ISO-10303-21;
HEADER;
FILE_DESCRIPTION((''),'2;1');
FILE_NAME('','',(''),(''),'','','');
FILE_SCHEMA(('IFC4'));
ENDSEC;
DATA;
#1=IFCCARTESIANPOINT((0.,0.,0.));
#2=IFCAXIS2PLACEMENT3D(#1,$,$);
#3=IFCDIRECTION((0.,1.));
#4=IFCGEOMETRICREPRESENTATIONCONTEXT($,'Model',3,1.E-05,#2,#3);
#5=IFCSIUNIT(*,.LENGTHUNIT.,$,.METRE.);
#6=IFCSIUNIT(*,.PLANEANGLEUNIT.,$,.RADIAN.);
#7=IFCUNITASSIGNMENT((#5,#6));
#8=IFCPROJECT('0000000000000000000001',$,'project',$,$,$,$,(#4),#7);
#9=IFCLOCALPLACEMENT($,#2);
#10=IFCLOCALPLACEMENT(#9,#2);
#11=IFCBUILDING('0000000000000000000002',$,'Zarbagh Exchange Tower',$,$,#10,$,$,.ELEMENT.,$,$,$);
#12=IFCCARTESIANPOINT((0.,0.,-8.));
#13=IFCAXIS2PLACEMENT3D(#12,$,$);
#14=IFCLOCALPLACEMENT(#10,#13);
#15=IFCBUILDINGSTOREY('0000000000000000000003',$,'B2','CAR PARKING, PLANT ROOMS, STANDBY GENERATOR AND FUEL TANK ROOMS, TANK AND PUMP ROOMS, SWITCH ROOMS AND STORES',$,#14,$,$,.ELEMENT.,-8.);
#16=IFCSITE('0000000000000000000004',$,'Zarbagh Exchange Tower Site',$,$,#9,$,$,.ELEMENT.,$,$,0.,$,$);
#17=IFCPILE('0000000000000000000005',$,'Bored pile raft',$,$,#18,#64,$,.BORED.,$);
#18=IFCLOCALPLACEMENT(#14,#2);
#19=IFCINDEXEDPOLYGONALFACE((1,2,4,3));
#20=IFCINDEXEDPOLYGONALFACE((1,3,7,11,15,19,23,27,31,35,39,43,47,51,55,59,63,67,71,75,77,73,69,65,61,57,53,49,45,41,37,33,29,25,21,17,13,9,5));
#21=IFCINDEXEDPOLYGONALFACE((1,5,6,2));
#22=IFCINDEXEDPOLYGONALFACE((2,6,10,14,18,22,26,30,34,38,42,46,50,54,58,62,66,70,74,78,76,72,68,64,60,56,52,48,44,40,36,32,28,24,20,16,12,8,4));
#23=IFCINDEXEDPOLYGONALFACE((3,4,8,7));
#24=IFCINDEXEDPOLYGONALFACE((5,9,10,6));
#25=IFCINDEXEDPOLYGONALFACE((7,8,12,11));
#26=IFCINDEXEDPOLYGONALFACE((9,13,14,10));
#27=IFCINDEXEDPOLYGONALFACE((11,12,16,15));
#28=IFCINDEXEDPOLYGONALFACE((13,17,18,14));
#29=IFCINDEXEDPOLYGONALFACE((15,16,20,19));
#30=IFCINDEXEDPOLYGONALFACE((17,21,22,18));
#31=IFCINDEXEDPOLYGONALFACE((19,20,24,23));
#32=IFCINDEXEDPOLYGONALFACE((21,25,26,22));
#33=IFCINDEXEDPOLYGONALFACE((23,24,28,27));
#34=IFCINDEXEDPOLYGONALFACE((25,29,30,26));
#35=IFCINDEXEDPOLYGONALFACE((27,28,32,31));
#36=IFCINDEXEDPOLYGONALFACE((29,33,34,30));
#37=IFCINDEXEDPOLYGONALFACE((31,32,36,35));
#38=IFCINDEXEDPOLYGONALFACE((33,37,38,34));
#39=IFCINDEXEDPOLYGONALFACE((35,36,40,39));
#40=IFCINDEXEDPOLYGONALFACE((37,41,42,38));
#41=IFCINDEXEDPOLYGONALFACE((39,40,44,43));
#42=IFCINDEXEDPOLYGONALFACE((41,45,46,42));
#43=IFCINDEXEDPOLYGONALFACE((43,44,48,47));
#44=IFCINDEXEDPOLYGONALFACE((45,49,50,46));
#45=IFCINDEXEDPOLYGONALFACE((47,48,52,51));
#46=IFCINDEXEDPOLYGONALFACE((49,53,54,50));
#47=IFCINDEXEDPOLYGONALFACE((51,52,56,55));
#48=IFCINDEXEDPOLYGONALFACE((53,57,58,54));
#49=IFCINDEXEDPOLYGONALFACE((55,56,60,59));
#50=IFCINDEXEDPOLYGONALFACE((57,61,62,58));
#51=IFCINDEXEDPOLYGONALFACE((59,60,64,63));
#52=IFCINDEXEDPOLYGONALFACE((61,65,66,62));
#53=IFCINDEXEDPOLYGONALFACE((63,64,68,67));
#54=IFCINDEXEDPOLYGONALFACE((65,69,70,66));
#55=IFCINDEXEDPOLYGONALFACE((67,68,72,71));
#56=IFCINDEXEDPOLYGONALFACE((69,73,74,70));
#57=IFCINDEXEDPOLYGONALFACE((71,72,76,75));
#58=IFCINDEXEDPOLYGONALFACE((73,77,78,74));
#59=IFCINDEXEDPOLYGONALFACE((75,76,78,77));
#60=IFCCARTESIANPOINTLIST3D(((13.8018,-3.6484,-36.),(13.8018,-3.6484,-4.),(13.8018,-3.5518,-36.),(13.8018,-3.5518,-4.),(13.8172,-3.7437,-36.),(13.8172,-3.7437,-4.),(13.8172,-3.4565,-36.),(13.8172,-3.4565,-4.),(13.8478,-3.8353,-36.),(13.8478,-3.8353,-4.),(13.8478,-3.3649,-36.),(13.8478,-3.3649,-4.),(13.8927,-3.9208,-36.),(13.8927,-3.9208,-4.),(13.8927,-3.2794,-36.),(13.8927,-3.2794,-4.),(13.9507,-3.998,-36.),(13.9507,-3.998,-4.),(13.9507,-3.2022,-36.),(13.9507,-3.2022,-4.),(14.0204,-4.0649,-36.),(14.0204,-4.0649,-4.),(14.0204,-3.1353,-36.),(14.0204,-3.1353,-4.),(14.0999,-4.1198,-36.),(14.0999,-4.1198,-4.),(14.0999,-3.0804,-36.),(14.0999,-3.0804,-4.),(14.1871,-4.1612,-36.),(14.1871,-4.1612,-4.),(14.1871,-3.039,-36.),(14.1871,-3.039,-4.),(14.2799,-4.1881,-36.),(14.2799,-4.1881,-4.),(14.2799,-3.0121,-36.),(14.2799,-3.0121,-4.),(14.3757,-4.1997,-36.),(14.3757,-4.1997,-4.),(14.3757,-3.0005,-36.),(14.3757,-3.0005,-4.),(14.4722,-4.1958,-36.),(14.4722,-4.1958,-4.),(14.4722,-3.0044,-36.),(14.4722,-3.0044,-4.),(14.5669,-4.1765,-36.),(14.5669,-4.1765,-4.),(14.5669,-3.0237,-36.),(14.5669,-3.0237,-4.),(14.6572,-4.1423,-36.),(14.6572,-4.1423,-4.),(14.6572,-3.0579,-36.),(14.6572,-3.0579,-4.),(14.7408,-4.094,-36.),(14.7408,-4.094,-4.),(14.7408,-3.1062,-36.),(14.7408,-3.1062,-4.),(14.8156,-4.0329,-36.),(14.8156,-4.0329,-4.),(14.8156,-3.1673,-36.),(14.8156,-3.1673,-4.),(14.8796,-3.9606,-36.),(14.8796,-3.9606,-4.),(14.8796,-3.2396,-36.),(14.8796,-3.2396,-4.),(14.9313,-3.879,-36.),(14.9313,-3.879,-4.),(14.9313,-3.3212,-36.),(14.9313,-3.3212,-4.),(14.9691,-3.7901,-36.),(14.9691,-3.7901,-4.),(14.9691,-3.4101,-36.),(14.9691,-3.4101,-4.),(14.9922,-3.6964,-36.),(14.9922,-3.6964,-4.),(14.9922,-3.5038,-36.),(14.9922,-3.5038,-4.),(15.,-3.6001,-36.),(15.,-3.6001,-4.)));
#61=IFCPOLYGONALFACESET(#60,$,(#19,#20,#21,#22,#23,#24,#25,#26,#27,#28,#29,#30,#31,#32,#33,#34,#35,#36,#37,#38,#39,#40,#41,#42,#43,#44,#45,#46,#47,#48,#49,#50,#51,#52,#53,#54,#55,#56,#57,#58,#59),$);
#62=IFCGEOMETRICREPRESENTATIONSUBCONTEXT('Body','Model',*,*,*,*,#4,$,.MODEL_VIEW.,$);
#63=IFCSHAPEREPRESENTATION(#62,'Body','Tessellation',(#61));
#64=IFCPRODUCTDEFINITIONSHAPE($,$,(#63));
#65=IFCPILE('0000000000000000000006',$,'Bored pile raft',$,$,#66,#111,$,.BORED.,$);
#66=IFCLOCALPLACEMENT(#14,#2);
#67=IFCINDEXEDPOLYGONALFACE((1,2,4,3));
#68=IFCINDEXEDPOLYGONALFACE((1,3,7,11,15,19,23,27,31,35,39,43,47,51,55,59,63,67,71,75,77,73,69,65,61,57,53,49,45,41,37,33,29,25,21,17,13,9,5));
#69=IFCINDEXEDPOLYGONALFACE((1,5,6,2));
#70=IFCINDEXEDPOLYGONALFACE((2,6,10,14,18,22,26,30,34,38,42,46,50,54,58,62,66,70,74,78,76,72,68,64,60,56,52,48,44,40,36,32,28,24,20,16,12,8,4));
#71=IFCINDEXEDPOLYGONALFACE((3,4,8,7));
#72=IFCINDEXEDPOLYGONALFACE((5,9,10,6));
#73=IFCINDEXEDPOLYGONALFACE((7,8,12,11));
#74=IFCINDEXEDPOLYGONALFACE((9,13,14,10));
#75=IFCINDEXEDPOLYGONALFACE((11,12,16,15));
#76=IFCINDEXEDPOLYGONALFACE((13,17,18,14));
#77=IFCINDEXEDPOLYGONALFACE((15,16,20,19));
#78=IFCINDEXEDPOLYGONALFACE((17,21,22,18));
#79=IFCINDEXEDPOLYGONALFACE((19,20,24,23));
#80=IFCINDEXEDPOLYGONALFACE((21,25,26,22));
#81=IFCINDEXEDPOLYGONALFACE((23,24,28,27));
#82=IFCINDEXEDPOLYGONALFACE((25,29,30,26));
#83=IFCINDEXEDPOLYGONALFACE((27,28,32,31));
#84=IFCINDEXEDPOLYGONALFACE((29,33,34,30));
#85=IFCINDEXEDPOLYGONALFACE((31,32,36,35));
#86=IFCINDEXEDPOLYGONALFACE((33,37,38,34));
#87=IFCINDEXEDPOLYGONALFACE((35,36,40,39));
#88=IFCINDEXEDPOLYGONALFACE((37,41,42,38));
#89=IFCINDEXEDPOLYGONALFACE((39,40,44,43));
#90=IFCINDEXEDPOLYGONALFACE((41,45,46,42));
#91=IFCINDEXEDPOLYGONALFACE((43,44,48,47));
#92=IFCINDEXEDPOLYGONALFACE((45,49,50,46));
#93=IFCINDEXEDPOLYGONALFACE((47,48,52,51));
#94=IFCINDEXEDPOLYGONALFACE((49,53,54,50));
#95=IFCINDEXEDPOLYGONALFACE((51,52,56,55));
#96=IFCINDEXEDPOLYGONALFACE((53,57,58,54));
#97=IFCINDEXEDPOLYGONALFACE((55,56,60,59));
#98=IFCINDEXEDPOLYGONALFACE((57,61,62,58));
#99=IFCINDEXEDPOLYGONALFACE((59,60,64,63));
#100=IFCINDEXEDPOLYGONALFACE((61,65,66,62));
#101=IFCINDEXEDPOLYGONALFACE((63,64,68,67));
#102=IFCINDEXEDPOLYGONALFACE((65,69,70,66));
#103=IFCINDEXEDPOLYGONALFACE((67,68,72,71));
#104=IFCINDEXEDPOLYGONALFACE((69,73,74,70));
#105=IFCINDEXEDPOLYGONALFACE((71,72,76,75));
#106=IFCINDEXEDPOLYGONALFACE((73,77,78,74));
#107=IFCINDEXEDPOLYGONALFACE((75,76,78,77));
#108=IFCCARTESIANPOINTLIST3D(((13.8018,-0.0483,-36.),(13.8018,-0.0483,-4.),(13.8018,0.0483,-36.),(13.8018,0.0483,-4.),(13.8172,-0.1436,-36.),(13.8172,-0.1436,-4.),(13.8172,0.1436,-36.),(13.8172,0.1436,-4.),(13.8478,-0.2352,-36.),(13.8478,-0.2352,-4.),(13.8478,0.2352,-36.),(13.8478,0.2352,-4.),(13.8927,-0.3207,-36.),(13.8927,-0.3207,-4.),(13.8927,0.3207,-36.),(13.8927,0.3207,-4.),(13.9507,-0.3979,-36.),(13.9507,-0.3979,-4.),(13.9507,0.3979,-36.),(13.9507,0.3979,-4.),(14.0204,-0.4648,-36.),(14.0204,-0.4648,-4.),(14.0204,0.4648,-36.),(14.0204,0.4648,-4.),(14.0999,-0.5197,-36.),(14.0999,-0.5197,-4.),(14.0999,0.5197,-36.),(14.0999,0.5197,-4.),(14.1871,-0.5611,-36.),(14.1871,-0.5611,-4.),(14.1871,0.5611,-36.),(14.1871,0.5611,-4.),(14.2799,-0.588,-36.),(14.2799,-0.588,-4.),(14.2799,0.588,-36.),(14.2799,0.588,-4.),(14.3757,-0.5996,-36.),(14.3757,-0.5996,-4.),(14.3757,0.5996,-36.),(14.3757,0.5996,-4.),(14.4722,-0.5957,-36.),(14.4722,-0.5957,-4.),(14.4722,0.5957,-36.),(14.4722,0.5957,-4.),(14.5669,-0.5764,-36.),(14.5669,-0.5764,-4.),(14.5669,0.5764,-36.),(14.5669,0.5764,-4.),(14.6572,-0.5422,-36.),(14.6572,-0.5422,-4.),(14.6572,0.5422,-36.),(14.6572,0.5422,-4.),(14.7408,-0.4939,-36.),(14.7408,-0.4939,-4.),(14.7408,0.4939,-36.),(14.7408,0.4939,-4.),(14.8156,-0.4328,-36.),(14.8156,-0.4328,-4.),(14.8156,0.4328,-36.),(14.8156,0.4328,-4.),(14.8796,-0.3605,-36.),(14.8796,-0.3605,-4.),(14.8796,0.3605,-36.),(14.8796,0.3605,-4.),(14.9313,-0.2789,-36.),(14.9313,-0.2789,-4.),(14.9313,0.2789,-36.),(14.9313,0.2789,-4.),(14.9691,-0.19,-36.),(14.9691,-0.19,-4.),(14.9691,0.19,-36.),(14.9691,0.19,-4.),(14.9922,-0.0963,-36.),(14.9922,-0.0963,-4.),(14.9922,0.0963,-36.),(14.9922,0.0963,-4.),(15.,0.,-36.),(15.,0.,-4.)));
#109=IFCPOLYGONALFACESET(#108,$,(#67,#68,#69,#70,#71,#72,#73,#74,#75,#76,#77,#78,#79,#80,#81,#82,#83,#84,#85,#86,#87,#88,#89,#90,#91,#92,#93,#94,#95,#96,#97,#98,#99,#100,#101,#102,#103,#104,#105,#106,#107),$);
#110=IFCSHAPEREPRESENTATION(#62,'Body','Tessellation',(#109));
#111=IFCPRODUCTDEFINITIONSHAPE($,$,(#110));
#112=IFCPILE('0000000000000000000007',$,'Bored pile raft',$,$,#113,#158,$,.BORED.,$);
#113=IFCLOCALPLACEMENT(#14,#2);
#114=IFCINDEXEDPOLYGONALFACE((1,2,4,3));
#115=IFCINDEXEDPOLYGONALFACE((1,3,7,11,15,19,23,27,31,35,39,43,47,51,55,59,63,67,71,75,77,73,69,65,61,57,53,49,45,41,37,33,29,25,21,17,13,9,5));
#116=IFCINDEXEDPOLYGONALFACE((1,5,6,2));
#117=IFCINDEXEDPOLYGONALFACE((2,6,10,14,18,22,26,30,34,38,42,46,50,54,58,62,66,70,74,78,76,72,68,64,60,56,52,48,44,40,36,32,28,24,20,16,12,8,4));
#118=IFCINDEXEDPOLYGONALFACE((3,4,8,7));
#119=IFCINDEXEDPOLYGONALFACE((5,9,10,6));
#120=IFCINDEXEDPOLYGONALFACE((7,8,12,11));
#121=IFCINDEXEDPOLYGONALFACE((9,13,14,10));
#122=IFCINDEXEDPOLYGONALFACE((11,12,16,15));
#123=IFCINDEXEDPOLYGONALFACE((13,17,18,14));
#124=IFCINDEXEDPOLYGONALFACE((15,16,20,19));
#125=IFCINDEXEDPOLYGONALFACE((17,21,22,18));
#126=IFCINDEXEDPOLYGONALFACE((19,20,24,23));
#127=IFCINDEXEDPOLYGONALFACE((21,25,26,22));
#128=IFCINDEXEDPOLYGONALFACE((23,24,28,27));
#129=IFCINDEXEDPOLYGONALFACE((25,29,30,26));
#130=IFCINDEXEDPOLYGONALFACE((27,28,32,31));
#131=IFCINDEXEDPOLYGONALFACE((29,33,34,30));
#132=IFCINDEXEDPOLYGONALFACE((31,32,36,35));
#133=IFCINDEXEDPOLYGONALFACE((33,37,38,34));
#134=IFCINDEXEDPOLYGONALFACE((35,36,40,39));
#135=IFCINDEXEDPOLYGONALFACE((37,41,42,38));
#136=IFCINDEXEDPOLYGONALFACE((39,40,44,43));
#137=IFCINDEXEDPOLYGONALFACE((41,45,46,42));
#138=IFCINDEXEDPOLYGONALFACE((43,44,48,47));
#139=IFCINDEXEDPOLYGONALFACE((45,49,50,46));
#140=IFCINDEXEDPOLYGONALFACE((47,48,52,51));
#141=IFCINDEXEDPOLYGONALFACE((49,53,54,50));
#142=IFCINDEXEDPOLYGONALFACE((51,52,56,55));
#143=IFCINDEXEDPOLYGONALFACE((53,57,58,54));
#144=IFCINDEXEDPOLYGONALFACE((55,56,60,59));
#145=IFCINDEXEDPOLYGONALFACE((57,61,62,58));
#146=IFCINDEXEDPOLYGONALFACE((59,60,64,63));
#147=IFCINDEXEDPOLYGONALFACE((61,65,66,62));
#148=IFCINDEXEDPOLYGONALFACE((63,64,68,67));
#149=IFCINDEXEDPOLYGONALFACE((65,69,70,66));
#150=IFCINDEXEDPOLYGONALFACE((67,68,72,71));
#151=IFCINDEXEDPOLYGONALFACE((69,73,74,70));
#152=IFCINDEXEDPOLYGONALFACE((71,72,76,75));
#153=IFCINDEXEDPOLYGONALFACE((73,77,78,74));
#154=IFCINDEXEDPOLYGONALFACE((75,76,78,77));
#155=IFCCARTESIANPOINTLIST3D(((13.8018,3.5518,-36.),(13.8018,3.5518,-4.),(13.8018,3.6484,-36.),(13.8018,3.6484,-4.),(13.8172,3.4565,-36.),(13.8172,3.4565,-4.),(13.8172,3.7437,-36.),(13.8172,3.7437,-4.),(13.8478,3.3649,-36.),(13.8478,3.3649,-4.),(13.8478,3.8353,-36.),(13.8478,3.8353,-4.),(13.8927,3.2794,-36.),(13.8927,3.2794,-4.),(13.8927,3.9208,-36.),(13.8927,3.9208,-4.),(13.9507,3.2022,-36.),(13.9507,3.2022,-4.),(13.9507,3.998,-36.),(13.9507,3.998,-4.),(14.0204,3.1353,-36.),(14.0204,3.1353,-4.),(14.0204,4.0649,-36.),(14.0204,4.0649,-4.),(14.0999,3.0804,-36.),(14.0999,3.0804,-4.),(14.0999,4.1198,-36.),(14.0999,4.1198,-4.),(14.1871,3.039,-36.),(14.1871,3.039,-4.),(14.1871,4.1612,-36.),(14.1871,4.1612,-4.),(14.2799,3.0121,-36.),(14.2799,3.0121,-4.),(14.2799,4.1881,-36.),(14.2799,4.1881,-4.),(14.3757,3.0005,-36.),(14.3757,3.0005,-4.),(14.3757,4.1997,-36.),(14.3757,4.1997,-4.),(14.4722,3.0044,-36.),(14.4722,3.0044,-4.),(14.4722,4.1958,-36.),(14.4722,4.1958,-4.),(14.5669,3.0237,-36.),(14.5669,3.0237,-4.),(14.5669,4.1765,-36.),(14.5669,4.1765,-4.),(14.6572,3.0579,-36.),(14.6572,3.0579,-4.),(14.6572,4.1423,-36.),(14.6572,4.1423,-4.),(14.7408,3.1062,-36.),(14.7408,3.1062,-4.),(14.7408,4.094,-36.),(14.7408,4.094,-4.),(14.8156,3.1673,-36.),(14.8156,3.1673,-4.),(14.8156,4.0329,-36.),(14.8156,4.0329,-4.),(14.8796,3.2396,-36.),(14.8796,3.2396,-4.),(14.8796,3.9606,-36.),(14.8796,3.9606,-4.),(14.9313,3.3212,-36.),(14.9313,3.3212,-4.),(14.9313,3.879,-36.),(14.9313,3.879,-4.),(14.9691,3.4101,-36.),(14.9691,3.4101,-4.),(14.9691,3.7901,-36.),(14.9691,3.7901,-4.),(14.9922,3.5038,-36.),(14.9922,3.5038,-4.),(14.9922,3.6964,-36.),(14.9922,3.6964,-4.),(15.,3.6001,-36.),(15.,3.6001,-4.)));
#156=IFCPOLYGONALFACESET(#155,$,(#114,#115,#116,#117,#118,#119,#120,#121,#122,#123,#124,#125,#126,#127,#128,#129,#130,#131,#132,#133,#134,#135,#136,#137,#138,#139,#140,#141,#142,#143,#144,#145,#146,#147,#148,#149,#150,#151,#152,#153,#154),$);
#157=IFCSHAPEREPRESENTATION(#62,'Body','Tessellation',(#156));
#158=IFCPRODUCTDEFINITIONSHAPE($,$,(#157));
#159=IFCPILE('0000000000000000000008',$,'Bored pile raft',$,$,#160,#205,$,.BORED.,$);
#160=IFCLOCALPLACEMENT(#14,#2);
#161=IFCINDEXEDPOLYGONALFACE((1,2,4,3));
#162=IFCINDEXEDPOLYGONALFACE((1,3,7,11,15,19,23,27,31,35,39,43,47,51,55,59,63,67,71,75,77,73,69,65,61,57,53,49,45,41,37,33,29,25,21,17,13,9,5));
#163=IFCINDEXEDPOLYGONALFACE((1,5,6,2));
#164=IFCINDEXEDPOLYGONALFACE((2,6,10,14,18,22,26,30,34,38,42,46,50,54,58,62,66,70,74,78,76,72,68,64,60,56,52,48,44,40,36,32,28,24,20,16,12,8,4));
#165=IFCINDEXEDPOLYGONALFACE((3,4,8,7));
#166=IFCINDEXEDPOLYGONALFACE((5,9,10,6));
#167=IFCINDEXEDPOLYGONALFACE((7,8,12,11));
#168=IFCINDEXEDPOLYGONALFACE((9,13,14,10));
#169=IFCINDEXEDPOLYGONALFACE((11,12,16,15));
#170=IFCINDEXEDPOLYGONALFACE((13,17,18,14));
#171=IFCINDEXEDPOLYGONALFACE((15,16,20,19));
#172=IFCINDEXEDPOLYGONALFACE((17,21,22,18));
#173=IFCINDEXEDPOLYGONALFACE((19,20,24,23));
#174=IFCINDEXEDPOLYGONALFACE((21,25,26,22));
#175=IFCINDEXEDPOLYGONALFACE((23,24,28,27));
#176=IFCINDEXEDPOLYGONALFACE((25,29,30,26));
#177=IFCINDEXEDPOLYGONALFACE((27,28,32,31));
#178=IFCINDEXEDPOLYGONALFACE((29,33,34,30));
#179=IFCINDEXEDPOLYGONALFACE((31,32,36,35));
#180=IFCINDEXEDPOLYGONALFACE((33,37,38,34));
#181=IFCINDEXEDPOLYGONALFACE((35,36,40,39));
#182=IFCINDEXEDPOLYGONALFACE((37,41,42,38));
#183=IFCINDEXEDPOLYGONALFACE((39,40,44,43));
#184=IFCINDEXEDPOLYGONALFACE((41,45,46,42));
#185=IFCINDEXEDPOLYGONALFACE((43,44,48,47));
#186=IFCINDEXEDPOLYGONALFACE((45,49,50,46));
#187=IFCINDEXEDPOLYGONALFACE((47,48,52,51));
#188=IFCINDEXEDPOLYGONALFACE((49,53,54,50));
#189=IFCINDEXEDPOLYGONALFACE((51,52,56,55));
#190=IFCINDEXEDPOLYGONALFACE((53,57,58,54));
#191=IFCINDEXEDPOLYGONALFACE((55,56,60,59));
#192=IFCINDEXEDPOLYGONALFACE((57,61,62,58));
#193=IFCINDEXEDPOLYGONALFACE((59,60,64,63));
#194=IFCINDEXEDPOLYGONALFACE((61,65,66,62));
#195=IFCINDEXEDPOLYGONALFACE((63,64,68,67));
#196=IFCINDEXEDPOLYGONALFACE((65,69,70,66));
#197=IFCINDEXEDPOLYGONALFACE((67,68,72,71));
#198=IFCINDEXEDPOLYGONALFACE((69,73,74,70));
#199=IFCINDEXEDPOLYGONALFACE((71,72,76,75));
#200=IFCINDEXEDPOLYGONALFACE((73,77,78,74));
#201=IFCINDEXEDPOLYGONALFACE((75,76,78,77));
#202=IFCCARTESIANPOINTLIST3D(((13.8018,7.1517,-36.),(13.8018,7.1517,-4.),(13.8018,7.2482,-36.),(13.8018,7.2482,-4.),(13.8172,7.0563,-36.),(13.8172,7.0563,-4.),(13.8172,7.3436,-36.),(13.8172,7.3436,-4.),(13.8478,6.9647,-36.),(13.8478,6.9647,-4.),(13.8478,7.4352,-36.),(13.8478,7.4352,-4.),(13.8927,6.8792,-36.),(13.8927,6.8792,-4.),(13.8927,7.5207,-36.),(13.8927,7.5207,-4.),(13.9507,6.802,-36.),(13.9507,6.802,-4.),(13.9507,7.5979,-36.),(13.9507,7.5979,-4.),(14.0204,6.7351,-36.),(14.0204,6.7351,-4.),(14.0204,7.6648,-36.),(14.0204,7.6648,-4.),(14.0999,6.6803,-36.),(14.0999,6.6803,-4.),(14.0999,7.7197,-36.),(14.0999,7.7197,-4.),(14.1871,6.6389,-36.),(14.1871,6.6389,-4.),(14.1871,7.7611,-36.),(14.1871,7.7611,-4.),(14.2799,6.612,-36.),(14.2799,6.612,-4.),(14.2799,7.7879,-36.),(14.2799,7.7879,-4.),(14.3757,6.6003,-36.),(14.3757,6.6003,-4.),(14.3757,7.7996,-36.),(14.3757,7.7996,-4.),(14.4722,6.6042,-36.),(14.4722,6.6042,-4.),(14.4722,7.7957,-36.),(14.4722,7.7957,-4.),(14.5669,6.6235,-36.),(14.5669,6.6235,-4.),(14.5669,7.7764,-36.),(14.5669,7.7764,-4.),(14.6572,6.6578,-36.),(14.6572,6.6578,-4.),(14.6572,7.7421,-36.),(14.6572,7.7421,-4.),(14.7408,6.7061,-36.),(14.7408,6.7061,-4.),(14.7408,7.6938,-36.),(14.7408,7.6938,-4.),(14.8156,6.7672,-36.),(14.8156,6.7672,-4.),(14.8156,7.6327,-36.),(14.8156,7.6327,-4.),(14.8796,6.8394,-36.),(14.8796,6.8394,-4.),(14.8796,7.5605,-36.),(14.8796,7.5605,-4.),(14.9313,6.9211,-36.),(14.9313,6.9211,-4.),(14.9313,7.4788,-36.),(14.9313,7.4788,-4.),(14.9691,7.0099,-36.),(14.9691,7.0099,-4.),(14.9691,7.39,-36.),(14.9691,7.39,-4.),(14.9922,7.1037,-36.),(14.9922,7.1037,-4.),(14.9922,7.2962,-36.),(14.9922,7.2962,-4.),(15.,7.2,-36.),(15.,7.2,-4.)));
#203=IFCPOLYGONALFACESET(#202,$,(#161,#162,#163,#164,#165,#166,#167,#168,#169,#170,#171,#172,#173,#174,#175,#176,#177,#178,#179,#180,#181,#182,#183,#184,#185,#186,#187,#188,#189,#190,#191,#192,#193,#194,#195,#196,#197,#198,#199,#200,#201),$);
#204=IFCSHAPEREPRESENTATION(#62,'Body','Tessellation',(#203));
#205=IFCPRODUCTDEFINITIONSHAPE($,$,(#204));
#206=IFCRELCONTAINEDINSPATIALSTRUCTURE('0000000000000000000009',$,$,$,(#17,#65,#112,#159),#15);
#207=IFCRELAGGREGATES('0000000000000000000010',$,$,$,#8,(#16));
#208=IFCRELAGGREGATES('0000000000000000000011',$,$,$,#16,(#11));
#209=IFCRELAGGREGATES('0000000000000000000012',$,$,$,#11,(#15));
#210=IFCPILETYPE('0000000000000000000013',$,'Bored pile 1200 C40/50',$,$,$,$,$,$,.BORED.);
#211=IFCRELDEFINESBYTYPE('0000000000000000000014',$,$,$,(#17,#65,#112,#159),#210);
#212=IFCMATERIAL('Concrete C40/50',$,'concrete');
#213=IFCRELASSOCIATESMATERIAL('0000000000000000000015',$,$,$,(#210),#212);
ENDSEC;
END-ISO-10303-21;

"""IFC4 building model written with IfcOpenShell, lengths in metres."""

from ifc_helpers import new_model, si_unit, direction, frame, origin, origin_2d, place, context, subcontext, project, spatial, circle, extrude, material, material_profile, profile_set, type_object, element, save


model = new_model("IFC4")

# Units and contexts
model_context = context("Model", 3, precision=1e-05, world=origin(), true_north=direction((0.0, 1.0)))
body_context = subcontext(model_context, "Body", "Model", "MODEL_VIEW")
ifc_project = project(units=[si_unit("LENGTHUNIT", "METRE"), si_unit("PLANEANGLEUNIT", "RADIAN")], contexts=[model_context])

# Site, building, storey
site_placement = place(None, origin())
site = spatial("IfcSite", under=ifc_project, at=site_placement, Name="Zarbagh Exchange Tower Site", CompositionType="ELEMENT", RefElevation=0.0)
building_placement = place(site_placement, origin())
building = spatial("IfcBuilding", under=site, at=building_placement, Name="Zarbagh Exchange Tower", CompositionType="ELEMENT")
storey_placement = place(building_placement, frame((0.0, 0.0, -8.0)))
storey = spatial("IfcBuildingStorey", under=building, at=storey_placement, Name="B2", Description="CAR PARKING, PLANT ROOMS, STANDBY GENERATOR AND FUEL TANK ROOMS, TANK AND PUMP ROOMS, SWITCH ROOMS AND STORES", CompositionType="ELEMENT", Elevation=-8.0)

# Piles
ifc_material_1 = material(Name="Concrete C40/50", Category="concrete")
ifc_material_profile_1 = material_profile(ifc_material_1, circle(Radius=0.6001, at=origin_2d()), Name="Bored pile 1200 C40/50")
ifc_profile_set_1 = profile_set([ifc_material_profile_1], Name="Concrete C40/50")
pile_type = type_object("IfcPileType", Name="Bored pile 1200 C40/50", PredefinedType="BORED", material=ifc_profile_set_1)
for number, where, z_axis, x_axis, name in (
    (1, (14.3999, -3.6001, -4.0), (0.0, 0.0, -1.0), (1.0, 0.0, 0.0), "Bored pile raft"),
    (2, (14.3999, 0.0, -4.0), (0.0, 0.0, -1.0), (1.0, 0.0, 0.0), "Bored pile raft"),
    (3, (14.3999, 3.6001, -4.0), (0.0, 0.0, -1.0), (1.0, 0.0, 0.0), "Bored pile raft"),
    (4, (14.3999, 7.2, -4.0), (0.0, 0.0, -1.0), (1.0, 0.0, 0.0), "Bored pile raft"),
):
    element("IfcPile", number, at=place(storey_placement, frame(where, z_axis=z_axis, x_axis=x_axis)), inside=storey, type_object=pile_type, Name=name, PredefinedType="BORED", context=body_context, shape_type="SweptSolid", body=[
        extrude(circle(Radius=0.6001, at=origin_2d()), origin(), (0.0, 0.0, 1.0), 32.0),
    ])

save(model, "model.ifc")
